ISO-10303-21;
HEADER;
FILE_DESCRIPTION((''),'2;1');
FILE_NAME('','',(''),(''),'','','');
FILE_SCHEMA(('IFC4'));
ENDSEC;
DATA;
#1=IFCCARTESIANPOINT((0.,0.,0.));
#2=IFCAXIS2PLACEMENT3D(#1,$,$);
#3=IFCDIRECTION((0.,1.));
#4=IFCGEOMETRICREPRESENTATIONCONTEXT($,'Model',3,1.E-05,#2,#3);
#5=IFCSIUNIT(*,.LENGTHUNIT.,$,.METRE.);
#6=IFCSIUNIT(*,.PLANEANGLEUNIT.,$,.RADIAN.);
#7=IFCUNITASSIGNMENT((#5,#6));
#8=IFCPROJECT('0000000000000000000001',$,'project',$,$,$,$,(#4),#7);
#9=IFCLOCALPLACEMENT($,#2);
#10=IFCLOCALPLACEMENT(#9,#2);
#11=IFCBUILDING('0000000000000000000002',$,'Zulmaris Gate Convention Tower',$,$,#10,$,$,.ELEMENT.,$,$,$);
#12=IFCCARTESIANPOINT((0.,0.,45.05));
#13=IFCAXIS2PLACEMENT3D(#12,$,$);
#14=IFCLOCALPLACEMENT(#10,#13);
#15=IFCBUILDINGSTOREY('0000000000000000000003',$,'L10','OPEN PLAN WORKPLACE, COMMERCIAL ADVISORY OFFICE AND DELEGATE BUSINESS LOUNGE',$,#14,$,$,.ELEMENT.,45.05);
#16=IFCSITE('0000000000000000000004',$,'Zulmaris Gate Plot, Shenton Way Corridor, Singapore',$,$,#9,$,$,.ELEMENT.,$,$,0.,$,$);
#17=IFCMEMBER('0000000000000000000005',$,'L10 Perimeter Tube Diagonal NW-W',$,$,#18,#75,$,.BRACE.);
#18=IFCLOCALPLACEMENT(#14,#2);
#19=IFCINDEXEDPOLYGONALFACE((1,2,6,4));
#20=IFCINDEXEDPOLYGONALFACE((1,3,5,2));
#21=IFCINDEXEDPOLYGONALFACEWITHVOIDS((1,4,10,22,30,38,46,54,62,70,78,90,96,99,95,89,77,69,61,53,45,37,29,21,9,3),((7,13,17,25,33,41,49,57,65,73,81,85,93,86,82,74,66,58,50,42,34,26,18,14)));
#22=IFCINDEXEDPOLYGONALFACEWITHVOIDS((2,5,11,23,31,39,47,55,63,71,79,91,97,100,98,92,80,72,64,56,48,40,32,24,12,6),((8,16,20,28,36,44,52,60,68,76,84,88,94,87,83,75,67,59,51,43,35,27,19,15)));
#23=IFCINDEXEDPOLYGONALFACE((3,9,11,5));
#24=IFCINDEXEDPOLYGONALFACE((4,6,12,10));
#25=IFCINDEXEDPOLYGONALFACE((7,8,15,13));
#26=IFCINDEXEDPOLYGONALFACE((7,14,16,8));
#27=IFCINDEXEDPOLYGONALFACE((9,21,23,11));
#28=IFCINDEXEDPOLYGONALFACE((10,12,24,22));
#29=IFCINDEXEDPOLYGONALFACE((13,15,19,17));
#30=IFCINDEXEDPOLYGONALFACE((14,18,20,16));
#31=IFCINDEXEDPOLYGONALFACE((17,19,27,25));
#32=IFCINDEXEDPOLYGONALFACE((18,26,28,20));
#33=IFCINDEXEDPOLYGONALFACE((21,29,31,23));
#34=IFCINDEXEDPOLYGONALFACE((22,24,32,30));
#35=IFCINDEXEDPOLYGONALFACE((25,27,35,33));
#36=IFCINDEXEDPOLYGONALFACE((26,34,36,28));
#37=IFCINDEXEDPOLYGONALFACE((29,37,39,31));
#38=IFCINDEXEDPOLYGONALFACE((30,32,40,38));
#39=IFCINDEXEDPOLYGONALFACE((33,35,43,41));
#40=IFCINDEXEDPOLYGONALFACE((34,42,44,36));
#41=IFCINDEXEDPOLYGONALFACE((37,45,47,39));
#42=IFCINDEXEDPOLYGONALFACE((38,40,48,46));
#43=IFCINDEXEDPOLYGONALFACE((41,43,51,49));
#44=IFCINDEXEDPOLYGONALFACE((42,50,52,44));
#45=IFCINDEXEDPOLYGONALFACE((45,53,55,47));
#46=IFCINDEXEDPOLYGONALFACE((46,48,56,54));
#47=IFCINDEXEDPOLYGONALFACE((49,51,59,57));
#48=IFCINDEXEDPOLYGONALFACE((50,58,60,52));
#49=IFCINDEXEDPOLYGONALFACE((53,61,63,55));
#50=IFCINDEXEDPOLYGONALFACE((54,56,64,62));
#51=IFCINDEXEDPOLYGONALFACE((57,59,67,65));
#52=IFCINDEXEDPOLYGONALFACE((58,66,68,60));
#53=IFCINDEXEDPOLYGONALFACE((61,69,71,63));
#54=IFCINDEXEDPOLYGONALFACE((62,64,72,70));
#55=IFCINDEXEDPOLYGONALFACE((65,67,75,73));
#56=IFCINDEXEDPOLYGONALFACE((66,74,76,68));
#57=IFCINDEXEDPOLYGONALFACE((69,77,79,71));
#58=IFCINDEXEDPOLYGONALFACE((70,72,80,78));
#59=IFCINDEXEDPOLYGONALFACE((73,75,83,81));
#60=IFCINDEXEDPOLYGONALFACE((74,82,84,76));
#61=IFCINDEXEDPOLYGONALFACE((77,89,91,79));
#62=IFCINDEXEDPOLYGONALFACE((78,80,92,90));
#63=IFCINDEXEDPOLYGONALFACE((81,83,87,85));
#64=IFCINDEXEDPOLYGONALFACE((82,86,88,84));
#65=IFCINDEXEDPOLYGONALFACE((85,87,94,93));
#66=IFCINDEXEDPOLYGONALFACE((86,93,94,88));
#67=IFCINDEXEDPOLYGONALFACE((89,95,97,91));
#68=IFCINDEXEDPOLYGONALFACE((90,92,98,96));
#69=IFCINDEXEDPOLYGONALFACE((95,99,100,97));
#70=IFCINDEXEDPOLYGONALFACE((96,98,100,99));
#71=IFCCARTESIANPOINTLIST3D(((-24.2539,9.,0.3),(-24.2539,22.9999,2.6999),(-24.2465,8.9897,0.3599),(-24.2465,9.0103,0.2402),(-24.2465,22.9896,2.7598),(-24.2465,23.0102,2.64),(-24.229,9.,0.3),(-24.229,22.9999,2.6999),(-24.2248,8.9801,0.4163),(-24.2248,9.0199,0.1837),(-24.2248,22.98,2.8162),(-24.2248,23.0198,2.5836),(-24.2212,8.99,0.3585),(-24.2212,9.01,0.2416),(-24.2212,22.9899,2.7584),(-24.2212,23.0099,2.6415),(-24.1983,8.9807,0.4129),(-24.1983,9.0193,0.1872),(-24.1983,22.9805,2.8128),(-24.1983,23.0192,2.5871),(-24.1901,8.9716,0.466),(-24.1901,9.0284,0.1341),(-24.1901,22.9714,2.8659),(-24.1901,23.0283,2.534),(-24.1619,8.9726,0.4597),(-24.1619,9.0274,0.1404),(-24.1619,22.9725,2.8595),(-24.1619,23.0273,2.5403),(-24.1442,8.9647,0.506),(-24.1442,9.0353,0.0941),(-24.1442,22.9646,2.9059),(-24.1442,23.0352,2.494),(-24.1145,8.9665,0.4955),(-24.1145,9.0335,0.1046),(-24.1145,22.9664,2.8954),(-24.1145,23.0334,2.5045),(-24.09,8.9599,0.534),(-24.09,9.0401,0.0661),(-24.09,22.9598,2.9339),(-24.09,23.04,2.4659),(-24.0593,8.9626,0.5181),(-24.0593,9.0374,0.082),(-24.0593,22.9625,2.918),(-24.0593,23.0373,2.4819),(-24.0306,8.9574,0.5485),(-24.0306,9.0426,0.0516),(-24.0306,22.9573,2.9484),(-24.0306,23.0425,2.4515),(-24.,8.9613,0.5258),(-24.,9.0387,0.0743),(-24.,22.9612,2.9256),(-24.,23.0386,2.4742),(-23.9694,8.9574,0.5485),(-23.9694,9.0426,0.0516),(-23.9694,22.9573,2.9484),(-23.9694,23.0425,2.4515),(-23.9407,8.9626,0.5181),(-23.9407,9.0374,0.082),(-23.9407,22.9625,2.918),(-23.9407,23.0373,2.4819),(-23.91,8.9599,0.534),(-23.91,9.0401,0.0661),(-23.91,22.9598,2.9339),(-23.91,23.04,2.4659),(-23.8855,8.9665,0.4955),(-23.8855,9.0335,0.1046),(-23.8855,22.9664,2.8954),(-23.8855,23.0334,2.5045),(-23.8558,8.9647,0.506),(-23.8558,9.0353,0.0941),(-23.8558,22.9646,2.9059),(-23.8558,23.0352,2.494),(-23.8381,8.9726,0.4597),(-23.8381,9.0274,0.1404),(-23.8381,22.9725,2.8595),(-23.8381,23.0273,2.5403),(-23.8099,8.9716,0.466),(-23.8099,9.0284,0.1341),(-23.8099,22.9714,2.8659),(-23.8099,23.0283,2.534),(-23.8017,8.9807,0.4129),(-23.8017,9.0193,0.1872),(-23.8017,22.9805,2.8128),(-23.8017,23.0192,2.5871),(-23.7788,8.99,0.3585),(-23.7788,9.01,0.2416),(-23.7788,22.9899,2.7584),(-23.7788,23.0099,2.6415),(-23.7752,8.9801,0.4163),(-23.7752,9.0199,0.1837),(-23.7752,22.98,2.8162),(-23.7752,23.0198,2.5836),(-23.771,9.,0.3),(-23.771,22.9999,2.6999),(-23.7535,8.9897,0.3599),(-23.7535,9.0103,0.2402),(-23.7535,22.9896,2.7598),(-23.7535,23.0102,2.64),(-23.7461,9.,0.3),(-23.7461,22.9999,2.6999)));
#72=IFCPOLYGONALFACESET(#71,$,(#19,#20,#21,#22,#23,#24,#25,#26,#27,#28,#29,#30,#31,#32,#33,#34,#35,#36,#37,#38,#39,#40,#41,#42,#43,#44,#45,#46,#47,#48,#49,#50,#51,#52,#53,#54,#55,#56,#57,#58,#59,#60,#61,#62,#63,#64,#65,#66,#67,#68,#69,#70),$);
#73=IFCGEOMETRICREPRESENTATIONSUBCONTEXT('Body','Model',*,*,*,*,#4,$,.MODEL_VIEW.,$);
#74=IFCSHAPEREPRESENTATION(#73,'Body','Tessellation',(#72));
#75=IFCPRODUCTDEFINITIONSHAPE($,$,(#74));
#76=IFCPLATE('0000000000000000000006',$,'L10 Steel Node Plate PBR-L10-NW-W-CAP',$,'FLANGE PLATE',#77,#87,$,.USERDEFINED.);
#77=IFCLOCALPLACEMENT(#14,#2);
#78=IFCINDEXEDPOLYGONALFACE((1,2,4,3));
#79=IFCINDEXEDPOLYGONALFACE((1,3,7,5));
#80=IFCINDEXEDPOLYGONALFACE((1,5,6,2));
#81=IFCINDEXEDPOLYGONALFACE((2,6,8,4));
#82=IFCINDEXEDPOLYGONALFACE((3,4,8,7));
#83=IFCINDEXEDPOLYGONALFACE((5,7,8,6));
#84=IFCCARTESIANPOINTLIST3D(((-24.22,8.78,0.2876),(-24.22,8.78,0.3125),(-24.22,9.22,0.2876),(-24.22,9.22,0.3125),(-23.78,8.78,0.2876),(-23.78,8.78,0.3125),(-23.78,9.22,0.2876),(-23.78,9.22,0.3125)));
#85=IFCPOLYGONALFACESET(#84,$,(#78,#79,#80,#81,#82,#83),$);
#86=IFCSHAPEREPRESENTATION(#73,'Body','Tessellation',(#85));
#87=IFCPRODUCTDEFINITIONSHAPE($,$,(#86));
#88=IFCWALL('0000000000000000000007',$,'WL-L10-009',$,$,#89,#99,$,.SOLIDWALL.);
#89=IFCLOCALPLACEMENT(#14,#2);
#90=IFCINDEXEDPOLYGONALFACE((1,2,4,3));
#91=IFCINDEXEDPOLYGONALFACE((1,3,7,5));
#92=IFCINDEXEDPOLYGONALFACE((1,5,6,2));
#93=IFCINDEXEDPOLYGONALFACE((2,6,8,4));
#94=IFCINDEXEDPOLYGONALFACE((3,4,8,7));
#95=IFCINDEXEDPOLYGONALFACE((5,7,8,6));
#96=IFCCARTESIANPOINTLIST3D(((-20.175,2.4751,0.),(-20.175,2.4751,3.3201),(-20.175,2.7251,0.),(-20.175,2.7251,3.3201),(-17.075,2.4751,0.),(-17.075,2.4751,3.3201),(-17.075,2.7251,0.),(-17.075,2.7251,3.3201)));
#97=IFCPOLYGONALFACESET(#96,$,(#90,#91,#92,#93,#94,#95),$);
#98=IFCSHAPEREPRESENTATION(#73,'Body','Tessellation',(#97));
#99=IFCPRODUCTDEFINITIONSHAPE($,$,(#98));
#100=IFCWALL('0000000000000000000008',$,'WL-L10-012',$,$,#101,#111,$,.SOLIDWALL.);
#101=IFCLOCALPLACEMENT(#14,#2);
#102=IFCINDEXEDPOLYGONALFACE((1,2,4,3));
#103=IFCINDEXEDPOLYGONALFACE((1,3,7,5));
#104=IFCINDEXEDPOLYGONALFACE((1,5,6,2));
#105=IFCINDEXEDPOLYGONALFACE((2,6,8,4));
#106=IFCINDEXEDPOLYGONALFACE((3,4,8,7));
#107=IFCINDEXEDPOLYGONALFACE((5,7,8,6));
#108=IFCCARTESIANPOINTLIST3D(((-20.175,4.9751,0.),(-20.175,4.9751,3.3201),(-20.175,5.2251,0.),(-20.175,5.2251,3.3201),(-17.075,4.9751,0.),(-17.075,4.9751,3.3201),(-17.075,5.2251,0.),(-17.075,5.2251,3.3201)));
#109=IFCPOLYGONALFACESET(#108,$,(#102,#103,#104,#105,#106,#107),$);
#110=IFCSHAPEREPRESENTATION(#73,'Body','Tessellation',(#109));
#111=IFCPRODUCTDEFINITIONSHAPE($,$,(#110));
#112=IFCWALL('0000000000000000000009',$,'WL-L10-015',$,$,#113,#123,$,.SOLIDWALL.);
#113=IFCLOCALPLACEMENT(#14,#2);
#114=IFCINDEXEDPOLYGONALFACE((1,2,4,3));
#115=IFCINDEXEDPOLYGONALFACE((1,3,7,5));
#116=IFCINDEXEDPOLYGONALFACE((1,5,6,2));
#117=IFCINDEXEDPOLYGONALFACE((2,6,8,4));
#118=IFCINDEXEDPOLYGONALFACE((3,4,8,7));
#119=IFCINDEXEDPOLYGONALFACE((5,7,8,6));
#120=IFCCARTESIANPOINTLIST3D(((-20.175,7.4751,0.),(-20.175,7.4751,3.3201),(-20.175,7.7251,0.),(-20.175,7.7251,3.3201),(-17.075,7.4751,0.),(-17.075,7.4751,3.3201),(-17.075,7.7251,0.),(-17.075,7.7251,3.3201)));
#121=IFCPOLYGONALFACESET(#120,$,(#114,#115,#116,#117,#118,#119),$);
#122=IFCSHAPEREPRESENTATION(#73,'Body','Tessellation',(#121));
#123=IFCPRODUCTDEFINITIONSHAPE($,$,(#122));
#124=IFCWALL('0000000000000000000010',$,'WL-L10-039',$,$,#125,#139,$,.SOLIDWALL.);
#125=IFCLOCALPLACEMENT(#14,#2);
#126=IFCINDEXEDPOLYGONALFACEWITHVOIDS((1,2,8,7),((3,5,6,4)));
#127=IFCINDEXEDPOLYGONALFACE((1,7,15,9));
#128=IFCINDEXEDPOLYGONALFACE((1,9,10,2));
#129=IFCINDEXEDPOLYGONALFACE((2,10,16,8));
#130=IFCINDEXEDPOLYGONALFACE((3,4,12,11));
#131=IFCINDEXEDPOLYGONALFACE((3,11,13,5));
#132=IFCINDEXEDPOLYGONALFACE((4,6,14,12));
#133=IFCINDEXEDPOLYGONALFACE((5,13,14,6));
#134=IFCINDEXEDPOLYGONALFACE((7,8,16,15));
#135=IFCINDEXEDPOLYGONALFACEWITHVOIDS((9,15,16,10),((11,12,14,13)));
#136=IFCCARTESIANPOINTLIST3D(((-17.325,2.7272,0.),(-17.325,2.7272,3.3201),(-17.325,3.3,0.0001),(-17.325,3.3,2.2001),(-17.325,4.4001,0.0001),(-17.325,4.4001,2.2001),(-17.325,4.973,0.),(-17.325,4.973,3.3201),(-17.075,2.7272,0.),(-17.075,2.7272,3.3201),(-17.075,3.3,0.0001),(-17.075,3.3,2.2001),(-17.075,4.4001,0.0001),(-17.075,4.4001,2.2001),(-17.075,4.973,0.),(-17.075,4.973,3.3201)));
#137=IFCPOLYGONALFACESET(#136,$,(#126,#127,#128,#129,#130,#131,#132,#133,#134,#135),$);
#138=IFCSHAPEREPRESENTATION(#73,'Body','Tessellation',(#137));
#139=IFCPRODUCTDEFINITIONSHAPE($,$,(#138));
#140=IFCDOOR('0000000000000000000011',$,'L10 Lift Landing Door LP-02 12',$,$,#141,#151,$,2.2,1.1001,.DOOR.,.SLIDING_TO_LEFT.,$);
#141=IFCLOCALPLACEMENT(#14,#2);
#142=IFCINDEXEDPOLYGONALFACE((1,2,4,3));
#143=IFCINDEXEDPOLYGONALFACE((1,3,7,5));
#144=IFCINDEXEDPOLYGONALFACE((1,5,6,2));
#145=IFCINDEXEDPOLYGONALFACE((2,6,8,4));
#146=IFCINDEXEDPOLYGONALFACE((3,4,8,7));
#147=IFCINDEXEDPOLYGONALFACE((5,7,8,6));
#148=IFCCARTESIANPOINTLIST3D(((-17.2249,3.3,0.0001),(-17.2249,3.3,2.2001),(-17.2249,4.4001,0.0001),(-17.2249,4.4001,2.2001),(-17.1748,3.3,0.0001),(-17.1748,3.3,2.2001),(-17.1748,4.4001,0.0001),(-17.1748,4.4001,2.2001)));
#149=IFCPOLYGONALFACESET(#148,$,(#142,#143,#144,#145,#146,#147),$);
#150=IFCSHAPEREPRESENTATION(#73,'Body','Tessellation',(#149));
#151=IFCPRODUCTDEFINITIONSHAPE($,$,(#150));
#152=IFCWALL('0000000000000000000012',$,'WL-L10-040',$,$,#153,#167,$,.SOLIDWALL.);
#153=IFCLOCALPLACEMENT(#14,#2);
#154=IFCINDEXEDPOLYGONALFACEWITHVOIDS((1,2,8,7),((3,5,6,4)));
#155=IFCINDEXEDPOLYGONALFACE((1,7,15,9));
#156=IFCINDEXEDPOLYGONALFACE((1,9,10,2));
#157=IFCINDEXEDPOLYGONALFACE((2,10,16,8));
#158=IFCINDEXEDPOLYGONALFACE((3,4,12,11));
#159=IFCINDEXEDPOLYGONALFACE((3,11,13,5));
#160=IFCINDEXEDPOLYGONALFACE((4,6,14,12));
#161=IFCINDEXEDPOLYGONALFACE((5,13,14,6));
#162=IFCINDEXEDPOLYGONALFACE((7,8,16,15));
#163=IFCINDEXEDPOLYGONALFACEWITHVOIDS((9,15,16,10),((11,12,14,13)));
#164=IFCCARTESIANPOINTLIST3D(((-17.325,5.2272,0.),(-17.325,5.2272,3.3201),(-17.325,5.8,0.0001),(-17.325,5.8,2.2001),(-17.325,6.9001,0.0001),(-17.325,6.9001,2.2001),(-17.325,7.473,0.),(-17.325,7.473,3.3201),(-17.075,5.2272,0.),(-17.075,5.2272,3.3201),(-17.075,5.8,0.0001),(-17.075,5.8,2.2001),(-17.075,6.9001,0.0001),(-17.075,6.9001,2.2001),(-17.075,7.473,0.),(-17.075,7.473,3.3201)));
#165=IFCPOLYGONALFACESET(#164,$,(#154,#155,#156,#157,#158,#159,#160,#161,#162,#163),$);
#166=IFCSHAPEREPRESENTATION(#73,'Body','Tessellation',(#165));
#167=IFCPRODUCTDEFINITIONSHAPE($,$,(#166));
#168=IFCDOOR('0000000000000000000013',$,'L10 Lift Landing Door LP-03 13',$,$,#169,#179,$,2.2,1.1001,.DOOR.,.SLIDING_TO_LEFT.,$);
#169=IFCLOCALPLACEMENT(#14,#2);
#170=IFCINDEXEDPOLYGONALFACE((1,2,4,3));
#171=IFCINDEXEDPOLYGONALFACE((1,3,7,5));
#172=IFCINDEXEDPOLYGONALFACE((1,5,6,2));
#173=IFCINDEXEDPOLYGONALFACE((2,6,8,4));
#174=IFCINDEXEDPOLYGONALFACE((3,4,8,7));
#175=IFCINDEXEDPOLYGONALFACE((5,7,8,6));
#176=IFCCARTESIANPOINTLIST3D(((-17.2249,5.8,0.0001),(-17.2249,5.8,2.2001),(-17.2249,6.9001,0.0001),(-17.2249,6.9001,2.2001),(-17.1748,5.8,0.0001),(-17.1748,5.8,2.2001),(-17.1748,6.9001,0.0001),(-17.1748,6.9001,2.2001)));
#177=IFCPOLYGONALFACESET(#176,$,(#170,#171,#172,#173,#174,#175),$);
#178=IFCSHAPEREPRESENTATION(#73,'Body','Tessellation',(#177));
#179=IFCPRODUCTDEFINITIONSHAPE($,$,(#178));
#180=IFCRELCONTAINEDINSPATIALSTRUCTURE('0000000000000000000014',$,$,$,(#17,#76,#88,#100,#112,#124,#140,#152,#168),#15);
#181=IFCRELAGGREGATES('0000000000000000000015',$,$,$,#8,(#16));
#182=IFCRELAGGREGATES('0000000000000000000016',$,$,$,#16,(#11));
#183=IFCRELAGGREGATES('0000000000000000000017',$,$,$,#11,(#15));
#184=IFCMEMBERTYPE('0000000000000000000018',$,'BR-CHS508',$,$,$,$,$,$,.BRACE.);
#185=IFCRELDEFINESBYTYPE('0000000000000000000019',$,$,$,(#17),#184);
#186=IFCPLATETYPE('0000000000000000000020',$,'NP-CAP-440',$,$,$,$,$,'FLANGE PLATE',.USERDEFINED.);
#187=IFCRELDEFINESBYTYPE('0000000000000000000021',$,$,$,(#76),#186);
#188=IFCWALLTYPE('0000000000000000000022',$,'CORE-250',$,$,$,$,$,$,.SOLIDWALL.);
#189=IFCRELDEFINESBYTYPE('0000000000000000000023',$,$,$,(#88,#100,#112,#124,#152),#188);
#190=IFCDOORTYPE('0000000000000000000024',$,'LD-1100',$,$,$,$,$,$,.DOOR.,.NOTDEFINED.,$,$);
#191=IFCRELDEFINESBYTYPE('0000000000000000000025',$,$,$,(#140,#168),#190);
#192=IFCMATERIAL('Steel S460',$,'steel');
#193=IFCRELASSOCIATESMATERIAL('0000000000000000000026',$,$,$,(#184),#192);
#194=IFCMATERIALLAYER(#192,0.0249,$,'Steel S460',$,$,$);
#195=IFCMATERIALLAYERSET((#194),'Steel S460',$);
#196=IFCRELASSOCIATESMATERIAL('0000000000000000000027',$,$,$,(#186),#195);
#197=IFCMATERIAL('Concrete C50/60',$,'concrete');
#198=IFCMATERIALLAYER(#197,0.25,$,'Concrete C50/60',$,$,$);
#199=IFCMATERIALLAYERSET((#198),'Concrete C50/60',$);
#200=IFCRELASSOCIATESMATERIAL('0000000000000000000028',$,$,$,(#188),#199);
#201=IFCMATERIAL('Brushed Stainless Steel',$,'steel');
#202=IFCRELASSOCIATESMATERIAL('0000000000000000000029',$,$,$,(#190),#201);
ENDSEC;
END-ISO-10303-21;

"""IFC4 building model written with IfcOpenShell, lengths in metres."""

from ifc_helpers import new_model, si_unit, direction, frame, frame_2d, origin, origin_2d, place, context, subcontext, project, spatial, rectangle, hollow_circle, extrude, material, layer, layer_set, material_profile, profile_set, type_object, element, fill, save


model = new_model("IFC4")

# Units and contexts
model_context = context("Model", 3, precision=1e-05, world=origin(), true_north=direction((0.0, 1.0)))
body_context = subcontext(model_context, "Body", "Model", "MODEL_VIEW")
ifc_project = project(units=[si_unit("LENGTHUNIT", "METRE"), si_unit("PLANEANGLEUNIT", "RADIAN")], contexts=[model_context])

# Site, building, storey
site_placement = place(None, origin())
site = spatial("IfcSite", under=ifc_project, at=site_placement, Name="Zulmaris Gate Plot, Shenton Way Corridor, Singapore", CompositionType="ELEMENT", RefElevation=0.0)
building_placement = place(site_placement, origin())
building = spatial("IfcBuilding", under=site, at=building_placement, Name="Zulmaris Gate Convention Tower", CompositionType="ELEMENT")
storey_placement = place(building_placement, frame((0.0, 0.0, 45.05)))
storey = spatial("IfcBuildingStorey", under=building, at=storey_placement, Name="L10", Description="OPEN PLAN WORKPLACE, COMMERCIAL ADVISORY OFFICE AND DELEGATE BUSINESS LOUNGE", CompositionType="ELEMENT", Elevation=45.05)

# Member
ifc_material_1 = material(Name="Steel S460", Category="steel")
ifc_material_profile_1 = material_profile(ifc_material_1, hollow_circle(Radius=0.2539, WallThickness=0.0249, at=origin_2d()), Name="CHS 508x25")
ifc_profile_set_1 = profile_set([ifc_material_profile_1], Name="Steel S460")
member_type = type_object("IfcMemberType", Name="BR-CHS508", PredefinedType="BRACE", material=ifc_profile_set_1)
member_placement = place(storey_placement, frame((-24.0, 9.0, 0.3), z_axis=(0.0, 0.985623, 0.168957), x_axis=(-1.0, 0.0, 0.0)))
element("IfcMember", 1, at=member_placement, inside=storey, type_object=member_type, Name="L10 Perimeter Tube Diagonal NW-W", PredefinedType="BRACE", context=body_context, shape_type="SweptSolid", body=[
    extrude(hollow_circle(Radius=0.2539, WallThickness=0.0249, at=origin_2d()), origin(), (0.0, 0.0, 1.0), 14.2041),
])

# Plate
ifc_layer_1 = layer(ifc_material_1, 0.0249, Name="Steel S460")
ifc_layer_set_1 = layer_set([ifc_layer_1], Name="Steel S460")
plate_type = type_object("IfcPlateType", Name="NP-CAP-440", ElementType="FLANGE PLATE", PredefinedType="USERDEFINED", material=ifc_layer_set_1)
plate_placement = place(storey_placement, frame((-24.0, 9.0, 0.2876), z_axis=(0.0, 0.0, 1.0), x_axis=(1.0, 0.0, 0.0)))
element("IfcPlate", 2, at=plate_placement, inside=storey, type_object=plate_type, Name="L10 Steel Node Plate PBR-L10-NW-W-CAP", ObjectType="FLANGE PLATE", PredefinedType="USERDEFINED", context=body_context, shape_type="SweptSolid", body=[
    extrude(rectangle(XDim=0.4399, YDim=0.4399, at=origin_2d()), origin(), (0.0, 0.0, 1.0), 0.0249),
])

# Walls
ifc_material_2 = material(Name="Concrete C50/60", Category="concrete")
ifc_layer_2 = layer(ifc_material_2, 0.25, Name="Concrete C50/60")
ifc_layer_set_2 = layer_set([ifc_layer_2], Name="Concrete C50/60")
wall_type_1 = type_object("IfcWallType", Name="CORE-250", PredefinedType="SOLIDWALL", material=ifc_layer_set_2)
for number, where, z_axis, x_axis, name in (
    (3, (-20.175, 2.6001, 0.0), (0.0, 0.0, 1.0), (1.0, 0.0, 0.0), "WL-L10-009"),
    (4, (-20.175, 5.1001, 0.0), (0.0, 0.0, 1.0), (1.0, 0.0, 0.0), "WL-L10-012"),
    (5, (-20.175, 7.6001, 0.0), (0.0, 0.0, 1.0), (1.0, 0.0, 0.0), "WL-L10-015"),
):
    element("IfcWall", number, at=place(storey_placement, frame(where, z_axis=z_axis, x_axis=x_axis)), inside=storey, type_object=wall_type_1, Name=name, PredefinedType="SOLIDWALL", context=body_context, shape_type="SweptSolid", body=[
        extrude(rectangle(XDim=3.1001, YDim=0.25, at=frame_2d((1.55, 0.0))), origin(), (0.0, 0.0, 1.0), 3.3201),
    ])

# Walls, openings, doors
wall_1_placement = place(storey_placement, frame((-17.2, 2.7271, 0.0), z_axis=(0.0, 0.0, 1.0), x_axis=(0.0, 1.0, 0.0)))
wall_1 = element("IfcWall", 6, at=wall_1_placement, inside=storey, type_object=wall_type_1, Name="WL-L10-039", PredefinedType="SOLIDWALL", context=body_context, shape_type="SweptSolid", body=[
    extrude(rectangle(XDim=2.2458, YDim=0.25, at=frame_2d((1.123, 0.0))), origin(), (0.0, 0.0, 1.0), 3.3201),
])
opening_1_placement = place(wall_1_placement, frame((0.573, 0.0, 0.0)))
opening_1 = element("IfcOpeningElement", 7, at=opening_1_placement, cuts=wall_1, PredefinedType="OPENING", context=body_context, shape_type="SweptSolid", body=[
    extrude(rectangle(XDim=1.1001, YDim=2.2, at=frame_2d((0.55, 1.1001))), frame((0.0, 0.135, 0.0), z_axis=(0.0, -1.0, 0.0), x_axis=(1.0, 0.0, 0.0)), (0.0, 0.0, 1.0), 0.27),
])
ifc_material_3 = material(Name="Brushed Stainless Steel", Category="steel")
door_type = type_object("IfcDoorType", Name="LD-1100", OperationType="NOTDEFINED", PredefinedType="DOOR", material=ifc_material_3)
door_1_placement = place(opening_1_placement, origin())
door_1 = element("IfcDoor", 8, at=door_1_placement, inside=storey, type_object=door_type, Name="L10 Lift Landing Door LP-02 12", OperationType="SLIDING_TO_LEFT", OverallHeight=2.2, OverallWidth=1.1001, PredefinedType="DOOR", context=body_context, shape_type="SweptSolid", body=[
    extrude(rectangle(XDim=1.1001, YDim=2.2, at=frame_2d((0.55, 1.1001))), frame((0.0, 0.0249, 0.0), z_axis=(0.0, -1.0, 0.0), x_axis=(1.0, 0.0, 0.0)), (0.0, 0.0, 1.0), 0.05),
])
fill(opening_1, door_1)
wall_2_placement = place(storey_placement, frame((-17.2, 5.2271, 0.0), z_axis=(0.0, 0.0, 1.0), x_axis=(0.0, 1.0, 0.0)))
wall_2 = element("IfcWall", 9, at=wall_2_placement, inside=storey, type_object=wall_type_1, Name="WL-L10-040", PredefinedType="SOLIDWALL", context=body_context, shape_type="SweptSolid", body=[
    extrude(rectangle(XDim=2.2458, YDim=0.25, at=frame_2d((1.123, 0.0))), origin(), (0.0, 0.0, 1.0), 3.3201),
])
opening_2_placement = place(wall_2_placement, frame((0.573, 0.0, 0.0)))
opening_2 = element("IfcOpeningElement", 10, at=opening_2_placement, cuts=wall_2, PredefinedType="OPENING", context=body_context, shape_type="SweptSolid", body=[
    extrude(rectangle(XDim=1.1001, YDim=2.2, at=frame_2d((0.55, 1.1001))), frame((0.0, 0.135, 0.0), z_axis=(0.0, -1.0, 0.0), x_axis=(1.0, 0.0, 0.0)), (0.0, 0.0, 1.0), 0.27),
])
door_2_placement = place(opening_2_placement, origin())
door_2 = element("IfcDoor", 11, at=door_2_placement, inside=storey, type_object=door_type, Name="L10 Lift Landing Door LP-03 13", OperationType="SLIDING_TO_LEFT", OverallHeight=2.2, OverallWidth=1.1001, PredefinedType="DOOR", context=body_context, shape_type="SweptSolid", body=[
    extrude(rectangle(XDim=1.1001, YDim=2.2, at=frame_2d((0.55, 1.1001))), frame((0.0, 0.0249, 0.0), z_axis=(0.0, -1.0, 0.0), x_axis=(1.0, 0.0, 0.0)), (0.0, 0.0, 1.0), 0.05),
])
fill(opening_2, door_2)

save(model, "model.ifc")
